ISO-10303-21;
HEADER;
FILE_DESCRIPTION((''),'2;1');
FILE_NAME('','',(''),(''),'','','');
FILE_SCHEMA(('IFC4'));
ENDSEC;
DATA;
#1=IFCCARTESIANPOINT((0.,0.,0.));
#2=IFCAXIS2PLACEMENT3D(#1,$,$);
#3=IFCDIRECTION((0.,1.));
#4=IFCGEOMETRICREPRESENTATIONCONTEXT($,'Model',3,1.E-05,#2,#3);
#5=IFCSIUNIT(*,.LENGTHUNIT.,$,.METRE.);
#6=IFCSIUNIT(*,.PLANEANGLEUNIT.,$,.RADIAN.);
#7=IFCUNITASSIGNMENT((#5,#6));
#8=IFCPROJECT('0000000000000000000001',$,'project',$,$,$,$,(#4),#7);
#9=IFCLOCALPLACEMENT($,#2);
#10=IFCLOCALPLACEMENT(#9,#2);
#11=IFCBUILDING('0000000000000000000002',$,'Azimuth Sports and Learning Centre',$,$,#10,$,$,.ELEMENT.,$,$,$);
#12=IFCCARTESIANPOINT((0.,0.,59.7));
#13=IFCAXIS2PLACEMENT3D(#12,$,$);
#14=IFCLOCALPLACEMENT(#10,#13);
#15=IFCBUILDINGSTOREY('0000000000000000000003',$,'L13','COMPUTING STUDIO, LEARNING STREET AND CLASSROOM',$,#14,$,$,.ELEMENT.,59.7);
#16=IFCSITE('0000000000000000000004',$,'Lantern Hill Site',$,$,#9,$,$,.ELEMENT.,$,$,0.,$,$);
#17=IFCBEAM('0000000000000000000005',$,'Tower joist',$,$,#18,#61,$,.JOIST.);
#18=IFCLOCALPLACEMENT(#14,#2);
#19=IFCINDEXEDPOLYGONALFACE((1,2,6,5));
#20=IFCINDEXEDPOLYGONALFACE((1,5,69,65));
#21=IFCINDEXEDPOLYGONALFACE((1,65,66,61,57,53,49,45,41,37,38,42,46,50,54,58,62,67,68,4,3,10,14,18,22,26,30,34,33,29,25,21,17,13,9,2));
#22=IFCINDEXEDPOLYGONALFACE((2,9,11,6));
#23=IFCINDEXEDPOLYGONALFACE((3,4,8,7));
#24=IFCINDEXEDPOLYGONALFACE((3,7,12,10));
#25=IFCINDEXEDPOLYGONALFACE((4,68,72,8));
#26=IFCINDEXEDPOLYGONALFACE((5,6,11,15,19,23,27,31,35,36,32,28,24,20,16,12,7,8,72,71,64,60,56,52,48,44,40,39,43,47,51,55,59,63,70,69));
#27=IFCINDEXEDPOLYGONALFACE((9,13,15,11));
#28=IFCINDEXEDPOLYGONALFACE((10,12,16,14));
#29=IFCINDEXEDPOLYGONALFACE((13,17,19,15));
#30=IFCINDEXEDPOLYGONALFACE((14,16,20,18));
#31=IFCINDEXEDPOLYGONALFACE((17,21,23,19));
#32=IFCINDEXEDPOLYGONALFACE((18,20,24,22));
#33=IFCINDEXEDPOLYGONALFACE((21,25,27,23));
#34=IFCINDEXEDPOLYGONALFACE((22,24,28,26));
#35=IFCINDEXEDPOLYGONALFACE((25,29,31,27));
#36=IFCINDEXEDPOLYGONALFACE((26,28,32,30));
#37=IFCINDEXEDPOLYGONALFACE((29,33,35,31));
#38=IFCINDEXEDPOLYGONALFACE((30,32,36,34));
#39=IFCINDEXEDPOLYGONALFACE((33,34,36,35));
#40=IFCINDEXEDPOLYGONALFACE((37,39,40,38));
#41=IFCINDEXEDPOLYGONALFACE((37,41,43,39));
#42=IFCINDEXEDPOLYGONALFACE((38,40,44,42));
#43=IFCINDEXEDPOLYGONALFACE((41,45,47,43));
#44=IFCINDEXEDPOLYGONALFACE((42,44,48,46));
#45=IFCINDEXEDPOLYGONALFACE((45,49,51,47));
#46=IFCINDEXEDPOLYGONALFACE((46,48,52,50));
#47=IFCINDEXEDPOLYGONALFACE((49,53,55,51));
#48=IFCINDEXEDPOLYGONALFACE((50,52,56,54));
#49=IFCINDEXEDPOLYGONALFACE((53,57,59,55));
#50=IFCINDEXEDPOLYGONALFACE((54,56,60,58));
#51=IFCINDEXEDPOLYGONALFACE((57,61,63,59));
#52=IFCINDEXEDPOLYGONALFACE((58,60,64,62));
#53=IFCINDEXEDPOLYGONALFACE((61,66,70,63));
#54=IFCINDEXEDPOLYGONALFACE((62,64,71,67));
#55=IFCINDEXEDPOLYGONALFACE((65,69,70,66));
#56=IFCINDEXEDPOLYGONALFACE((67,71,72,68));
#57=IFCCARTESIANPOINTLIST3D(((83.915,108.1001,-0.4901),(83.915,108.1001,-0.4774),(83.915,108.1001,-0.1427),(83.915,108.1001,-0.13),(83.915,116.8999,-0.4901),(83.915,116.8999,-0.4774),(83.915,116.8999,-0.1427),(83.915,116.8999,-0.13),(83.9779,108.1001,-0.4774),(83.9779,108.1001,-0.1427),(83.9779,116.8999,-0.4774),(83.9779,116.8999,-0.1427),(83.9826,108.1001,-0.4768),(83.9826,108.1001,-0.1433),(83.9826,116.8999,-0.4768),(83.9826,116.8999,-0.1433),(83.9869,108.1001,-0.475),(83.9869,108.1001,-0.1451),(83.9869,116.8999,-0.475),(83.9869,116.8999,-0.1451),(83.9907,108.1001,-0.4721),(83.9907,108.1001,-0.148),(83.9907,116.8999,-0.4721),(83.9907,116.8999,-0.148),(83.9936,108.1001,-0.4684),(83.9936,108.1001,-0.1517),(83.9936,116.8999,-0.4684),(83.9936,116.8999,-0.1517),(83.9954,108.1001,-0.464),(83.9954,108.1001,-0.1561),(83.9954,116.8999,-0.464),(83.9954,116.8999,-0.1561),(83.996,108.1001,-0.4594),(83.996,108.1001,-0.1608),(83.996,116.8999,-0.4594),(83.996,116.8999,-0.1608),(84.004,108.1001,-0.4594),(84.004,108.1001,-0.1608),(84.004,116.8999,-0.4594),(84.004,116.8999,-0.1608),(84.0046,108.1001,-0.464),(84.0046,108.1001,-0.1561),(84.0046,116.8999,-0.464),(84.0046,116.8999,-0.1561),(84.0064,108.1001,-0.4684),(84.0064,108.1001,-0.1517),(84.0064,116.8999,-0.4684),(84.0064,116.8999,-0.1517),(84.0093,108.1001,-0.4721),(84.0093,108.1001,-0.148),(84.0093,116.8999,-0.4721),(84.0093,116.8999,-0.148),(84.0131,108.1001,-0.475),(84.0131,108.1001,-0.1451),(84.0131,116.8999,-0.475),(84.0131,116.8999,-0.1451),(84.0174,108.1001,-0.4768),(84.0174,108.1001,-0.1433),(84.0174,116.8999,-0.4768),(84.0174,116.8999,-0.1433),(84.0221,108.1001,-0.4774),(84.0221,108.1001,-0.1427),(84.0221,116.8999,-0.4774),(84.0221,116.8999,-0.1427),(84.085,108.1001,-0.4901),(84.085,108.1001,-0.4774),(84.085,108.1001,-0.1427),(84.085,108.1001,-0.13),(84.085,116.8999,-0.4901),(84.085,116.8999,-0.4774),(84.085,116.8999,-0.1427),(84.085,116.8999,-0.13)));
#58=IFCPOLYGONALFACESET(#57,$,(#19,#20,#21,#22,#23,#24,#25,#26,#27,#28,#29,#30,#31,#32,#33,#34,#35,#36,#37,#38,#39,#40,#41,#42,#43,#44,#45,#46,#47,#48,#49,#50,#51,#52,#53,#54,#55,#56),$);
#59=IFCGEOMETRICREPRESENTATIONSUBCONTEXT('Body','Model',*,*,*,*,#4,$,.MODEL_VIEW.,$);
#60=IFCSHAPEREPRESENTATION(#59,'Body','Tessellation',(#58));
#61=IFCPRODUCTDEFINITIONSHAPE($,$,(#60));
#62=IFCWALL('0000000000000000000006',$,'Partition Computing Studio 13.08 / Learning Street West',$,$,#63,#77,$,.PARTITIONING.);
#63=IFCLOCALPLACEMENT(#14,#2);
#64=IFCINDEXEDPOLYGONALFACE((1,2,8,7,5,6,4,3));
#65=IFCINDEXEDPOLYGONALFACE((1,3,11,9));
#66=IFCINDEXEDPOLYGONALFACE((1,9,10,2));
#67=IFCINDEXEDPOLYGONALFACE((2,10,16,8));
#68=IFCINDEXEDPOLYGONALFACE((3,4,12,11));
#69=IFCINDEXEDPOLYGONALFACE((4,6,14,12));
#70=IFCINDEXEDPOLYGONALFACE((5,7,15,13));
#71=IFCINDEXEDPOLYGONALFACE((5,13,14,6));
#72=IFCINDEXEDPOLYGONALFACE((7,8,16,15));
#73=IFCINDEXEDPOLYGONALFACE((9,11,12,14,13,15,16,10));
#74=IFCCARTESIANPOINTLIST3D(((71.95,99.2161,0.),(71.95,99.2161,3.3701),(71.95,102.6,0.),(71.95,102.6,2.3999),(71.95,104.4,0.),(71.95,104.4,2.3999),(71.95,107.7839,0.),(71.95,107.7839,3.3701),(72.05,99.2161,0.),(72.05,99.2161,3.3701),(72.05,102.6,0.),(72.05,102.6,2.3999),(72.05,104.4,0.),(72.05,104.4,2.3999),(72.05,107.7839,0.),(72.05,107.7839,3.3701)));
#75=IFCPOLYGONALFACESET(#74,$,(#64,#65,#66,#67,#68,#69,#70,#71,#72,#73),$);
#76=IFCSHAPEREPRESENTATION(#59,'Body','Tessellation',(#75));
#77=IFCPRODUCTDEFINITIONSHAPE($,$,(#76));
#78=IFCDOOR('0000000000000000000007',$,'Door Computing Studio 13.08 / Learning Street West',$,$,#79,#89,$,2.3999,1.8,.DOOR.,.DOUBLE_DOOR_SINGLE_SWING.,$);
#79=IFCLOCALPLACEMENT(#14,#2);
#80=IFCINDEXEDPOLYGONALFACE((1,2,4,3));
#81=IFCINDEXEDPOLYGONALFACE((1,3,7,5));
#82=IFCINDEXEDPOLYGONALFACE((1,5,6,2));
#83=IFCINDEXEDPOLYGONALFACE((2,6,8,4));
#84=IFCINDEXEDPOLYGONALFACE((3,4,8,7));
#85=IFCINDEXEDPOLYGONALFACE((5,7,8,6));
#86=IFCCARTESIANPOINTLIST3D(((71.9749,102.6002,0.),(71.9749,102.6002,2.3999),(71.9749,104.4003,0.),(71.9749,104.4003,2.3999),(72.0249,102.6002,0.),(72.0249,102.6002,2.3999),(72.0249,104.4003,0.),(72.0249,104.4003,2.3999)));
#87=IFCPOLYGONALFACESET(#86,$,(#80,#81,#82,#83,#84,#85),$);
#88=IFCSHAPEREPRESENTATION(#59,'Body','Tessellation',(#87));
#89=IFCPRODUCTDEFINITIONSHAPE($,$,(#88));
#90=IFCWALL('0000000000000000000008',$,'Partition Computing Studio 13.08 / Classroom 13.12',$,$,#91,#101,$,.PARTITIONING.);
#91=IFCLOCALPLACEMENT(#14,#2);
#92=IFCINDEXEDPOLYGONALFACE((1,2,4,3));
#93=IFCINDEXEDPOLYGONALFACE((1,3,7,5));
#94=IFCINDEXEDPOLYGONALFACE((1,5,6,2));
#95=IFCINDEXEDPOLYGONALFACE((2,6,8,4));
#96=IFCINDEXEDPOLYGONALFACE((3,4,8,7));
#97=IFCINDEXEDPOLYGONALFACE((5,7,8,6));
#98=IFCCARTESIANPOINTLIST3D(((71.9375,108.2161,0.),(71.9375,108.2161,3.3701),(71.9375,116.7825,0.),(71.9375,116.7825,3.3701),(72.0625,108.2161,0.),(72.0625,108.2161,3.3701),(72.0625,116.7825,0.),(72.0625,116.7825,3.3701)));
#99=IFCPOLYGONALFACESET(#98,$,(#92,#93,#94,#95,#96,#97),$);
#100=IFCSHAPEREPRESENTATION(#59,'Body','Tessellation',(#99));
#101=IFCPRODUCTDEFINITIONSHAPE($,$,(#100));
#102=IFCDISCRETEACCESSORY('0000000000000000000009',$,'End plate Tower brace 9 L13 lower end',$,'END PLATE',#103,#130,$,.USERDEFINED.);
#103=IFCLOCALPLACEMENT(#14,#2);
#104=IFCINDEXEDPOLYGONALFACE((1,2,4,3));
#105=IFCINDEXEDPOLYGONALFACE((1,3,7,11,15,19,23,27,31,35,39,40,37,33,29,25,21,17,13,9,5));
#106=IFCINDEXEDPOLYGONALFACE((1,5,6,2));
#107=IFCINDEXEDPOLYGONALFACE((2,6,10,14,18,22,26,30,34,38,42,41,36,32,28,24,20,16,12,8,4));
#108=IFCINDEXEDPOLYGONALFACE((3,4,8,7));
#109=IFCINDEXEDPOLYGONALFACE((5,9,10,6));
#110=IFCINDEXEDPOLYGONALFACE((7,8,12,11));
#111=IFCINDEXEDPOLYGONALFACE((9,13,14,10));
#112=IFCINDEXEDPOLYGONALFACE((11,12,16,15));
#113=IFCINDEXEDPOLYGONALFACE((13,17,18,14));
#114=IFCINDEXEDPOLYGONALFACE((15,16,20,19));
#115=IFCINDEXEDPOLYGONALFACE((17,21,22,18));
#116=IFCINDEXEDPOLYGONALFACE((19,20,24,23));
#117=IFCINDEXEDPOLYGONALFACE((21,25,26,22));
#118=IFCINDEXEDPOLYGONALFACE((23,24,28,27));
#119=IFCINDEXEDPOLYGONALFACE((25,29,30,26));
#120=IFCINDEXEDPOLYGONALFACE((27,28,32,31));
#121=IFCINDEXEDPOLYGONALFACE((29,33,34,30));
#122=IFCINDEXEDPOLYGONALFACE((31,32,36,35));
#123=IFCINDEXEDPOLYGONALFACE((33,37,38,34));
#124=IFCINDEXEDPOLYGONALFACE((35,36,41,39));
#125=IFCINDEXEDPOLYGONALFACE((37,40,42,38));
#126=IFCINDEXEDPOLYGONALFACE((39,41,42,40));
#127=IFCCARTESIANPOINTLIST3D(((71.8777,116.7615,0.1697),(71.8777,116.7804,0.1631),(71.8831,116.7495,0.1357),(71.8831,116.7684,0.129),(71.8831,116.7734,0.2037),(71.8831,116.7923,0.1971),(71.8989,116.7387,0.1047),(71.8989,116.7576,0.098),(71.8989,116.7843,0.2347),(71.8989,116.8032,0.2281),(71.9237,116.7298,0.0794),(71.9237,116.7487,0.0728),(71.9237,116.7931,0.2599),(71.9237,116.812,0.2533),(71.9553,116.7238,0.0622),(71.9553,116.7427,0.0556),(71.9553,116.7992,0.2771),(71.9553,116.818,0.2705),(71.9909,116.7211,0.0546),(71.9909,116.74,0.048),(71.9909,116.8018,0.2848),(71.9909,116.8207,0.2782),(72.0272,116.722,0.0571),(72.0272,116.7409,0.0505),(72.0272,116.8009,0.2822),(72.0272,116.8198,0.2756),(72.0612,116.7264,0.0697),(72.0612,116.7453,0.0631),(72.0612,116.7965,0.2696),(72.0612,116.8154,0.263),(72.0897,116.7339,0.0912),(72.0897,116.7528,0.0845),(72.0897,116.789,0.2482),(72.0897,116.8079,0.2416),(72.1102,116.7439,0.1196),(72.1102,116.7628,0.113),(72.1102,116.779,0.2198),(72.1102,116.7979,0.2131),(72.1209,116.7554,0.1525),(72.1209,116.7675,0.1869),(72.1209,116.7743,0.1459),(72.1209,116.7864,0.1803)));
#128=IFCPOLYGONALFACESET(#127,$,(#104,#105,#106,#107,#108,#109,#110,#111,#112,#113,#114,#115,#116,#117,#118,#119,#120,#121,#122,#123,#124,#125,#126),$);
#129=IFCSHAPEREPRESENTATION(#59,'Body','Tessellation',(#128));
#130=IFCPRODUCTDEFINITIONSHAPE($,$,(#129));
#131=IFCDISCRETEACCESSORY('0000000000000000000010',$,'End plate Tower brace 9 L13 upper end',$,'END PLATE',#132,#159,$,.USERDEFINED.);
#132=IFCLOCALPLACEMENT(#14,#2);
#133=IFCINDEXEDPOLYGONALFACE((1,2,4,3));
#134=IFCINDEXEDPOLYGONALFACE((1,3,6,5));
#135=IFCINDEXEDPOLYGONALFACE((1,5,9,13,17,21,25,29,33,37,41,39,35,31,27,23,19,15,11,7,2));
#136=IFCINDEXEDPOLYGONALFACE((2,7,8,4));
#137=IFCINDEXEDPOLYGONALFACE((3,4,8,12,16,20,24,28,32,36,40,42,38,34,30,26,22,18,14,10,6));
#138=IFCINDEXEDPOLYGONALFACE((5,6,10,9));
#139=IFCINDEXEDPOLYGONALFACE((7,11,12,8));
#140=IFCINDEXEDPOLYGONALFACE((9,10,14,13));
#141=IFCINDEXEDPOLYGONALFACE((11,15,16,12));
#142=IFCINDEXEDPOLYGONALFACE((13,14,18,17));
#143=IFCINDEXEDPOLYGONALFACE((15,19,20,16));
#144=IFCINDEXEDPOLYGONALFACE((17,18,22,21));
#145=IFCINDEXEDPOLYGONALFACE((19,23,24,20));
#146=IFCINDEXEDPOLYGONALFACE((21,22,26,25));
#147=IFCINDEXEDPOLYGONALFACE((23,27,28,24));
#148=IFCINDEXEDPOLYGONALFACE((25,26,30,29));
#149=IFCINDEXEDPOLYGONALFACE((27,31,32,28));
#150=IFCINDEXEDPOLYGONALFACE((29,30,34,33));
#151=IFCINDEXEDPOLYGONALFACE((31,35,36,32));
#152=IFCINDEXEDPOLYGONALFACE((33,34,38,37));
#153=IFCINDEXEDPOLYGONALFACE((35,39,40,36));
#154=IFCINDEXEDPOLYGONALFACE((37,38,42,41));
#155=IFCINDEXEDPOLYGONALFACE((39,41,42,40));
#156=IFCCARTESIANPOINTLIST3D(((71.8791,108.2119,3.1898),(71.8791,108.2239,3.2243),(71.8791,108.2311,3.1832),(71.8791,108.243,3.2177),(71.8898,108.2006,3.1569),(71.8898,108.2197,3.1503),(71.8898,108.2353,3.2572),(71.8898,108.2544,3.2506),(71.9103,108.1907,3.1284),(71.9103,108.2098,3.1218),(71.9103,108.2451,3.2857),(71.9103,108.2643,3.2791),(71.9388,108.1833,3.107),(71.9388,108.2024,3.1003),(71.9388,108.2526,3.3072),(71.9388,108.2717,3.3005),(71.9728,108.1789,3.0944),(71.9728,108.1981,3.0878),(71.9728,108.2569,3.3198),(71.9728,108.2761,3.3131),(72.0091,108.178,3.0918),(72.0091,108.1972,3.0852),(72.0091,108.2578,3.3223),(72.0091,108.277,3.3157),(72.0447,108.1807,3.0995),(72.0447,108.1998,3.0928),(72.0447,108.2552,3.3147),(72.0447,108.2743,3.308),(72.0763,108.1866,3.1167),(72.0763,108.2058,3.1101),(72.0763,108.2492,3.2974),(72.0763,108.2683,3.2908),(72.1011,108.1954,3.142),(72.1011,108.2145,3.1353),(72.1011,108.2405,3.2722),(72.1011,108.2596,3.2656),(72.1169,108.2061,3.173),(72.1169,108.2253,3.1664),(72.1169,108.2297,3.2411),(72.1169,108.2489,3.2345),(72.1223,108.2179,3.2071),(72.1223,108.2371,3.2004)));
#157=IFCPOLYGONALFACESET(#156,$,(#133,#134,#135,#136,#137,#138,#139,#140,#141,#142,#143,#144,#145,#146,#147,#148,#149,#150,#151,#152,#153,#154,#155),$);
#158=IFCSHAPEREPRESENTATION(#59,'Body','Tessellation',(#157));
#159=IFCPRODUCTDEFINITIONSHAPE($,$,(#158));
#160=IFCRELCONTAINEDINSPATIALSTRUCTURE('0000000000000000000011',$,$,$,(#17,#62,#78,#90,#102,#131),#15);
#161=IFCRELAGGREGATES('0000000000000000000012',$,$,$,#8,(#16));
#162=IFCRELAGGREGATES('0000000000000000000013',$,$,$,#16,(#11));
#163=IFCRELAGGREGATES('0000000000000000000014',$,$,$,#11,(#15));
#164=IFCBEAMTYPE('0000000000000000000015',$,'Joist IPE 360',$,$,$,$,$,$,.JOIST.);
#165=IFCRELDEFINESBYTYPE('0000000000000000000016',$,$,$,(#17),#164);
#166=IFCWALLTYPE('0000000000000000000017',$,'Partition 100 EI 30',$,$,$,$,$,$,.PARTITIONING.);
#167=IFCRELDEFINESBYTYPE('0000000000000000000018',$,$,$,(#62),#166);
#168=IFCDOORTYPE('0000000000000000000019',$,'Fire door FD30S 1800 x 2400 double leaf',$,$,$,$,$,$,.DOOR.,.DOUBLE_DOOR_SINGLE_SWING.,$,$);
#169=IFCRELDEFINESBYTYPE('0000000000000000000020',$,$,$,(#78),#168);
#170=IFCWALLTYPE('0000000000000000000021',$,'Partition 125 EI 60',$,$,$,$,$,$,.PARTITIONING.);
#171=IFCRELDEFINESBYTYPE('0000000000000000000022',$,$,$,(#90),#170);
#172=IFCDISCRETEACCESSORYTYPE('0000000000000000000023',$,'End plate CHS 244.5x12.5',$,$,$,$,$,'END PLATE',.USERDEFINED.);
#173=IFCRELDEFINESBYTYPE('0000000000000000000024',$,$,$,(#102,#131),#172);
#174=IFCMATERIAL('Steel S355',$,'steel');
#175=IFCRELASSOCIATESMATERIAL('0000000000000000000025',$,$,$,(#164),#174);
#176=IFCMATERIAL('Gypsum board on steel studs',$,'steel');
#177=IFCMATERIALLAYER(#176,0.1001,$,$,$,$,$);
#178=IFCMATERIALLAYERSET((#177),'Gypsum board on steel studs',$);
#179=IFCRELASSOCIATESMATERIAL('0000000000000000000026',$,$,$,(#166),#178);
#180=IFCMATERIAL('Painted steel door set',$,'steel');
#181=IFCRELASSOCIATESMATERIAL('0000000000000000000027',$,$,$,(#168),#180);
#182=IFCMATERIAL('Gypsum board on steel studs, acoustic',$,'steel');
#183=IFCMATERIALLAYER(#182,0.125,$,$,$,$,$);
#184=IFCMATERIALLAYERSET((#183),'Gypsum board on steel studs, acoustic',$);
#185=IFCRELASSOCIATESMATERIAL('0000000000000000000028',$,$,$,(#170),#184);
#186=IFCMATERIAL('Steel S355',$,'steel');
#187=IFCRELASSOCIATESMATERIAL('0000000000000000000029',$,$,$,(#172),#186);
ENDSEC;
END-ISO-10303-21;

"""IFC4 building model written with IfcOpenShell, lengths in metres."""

from ifc_helpers import new_model, si_unit, direction, frame, frame_2d, origin, origin_2d, place, context, subcontext, project, spatial, rectangle, circle, i_section, extrude, material, layer, layer_set, material_profile, profile_set, type_object, element, fill, save


model = new_model("IFC4")

# Units and contexts
model_context = context("Model", 3, precision=1e-05, world=origin(), true_north=direction((0.0, 1.0)))
body_context = subcontext(model_context, "Body", "Model", "MODEL_VIEW")
ifc_project = project(units=[si_unit("LENGTHUNIT", "METRE"), si_unit("PLANEANGLEUNIT", "RADIAN")], contexts=[model_context])

# Site, building, storey
site_placement = place(None, origin())
site = spatial("IfcSite", under=ifc_project, at=site_placement, Name="Lantern Hill Site", CompositionType="ELEMENT", RefElevation=0.0)
building_placement = place(site_placement, origin())
building = spatial("IfcBuilding", under=site, at=building_placement, Name="Azimuth Sports and Learning Centre", CompositionType="ELEMENT")
storey_placement = place(building_placement, frame((0.0, 0.0, 59.7)))
storey = spatial("IfcBuildingStorey", under=building, at=storey_placement, Name="L13", Description="COMPUTING STUDIO, LEARNING STREET AND CLASSROOM", CompositionType="ELEMENT", Elevation=59.7)

# Beam
ifc_material_1 = material(Name="Steel S355", Category="steel")
ifc_material_profile_1 = material_profile(ifc_material_1, i_section(OverallWidth=0.1699, OverallDepth=0.3601, WebThickness=0.0081, FlangeThickness=0.0127, FilletRadius=0.0181, at=origin_2d()), Name="IPE 360")
ifc_profile_set_1 = profile_set([ifc_material_profile_1], Name="Steel S355")
beam_type_1 = type_object("IfcBeamType", Name="Joist IPE 360", PredefinedType="JOIST", material=ifc_profile_set_1)
for number, where, z_axis, x_axis, name in (
    (1, (84.0, 108.1001, -0.3101), (0.0, 1.0, 0.0), (-1.0, 0.0, 0.0), "Tower joist"),
):
    element("IfcBeam", number, at=place(storey_placement, frame(where, z_axis=z_axis, x_axis=x_axis)), inside=storey, type_object=beam_type_1, Name=name, PredefinedType="JOIST", context=body_context, shape_type="SweptSolid", body=[
        extrude(i_section(OverallWidth=0.1699, OverallDepth=0.3601, WebThickness=0.0081, FlangeThickness=0.0127, FilletRadius=0.0181, at=origin_2d()), origin(), (0.0, 0.0, 1.0), 8.7998),
    ])

# Wall, opening, door
ifc_material_2 = material(Name="Gypsum board on steel studs", Category="steel")
ifc_layer_1 = layer(ifc_material_2, 0.1001)
ifc_layer_set_1 = layer_set([ifc_layer_1], Name="Gypsum board on steel studs")
wall_type_1 = type_object("IfcWallType", Name="Partition 100 EI 30", PredefinedType="PARTITIONING", material=ifc_layer_set_1)
wall_1_placement = place(storey_placement, frame((72.0, 99.2161, 0.0), z_axis=(0.0, 0.0, 1.0), x_axis=(0.0, 1.0, 0.0)))
wall_1 = element("IfcWall", 2, at=wall_1_placement, inside=storey, type_object=wall_type_1, Name="Partition Computing Studio 13.08 / Learning Street West", PredefinedType="PARTITIONING", context=body_context, shape_type="SweptSolid", body=[
    extrude(rectangle(XDim=8.5679, YDim=0.1001, at=frame_2d((4.2839, 0.0))), origin(), (0.0, 0.0, 1.0), 3.3701),
])
opening_placement = place(wall_1_placement, frame((3.384, 0.0, 0.0)))
opening = element("IfcOpeningElement", 3, at=opening_placement, cuts=wall_1, PredefinedType="OPENING", context=body_context, shape_type="SweptSolid", body=[
    extrude(rectangle(XDim=1.8, YDim=2.3999, at=frame_2d((0.8999, 1.2))), frame((0.0, 0.061, 0.0), z_axis=(0.0, -1.0, 0.0), x_axis=(1.0, 0.0, 0.0)), (0.0, 0.0, 1.0), 0.1221),
])
ifc_material_3 = material(Name="Painted steel door set", Category="steel")
door_type = type_object("IfcDoorType", Name="Fire door FD30S 1800 x 2400 double leaf", OperationType="DOUBLE_DOOR_SINGLE_SWING", PredefinedType="DOOR", material=ifc_material_3)
door_placement = place(opening_placement, frame((1.8, 0.0, 0.0), z_axis=(0.0, 0.0, 1.0), x_axis=(-1.0, 0.0, 0.0)))
door = element("IfcDoor", 4, at=door_placement, inside=storey, type_object=door_type, Name="Door Computing Studio 13.08 / Learning Street West", OperationType="DOUBLE_DOOR_SINGLE_SWING", OverallHeight=2.3999, OverallWidth=1.8, PredefinedType="DOOR", context=body_context, shape_type="SweptSolid", body=[
    extrude(rectangle(XDim=1.8, YDim=2.3999, at=frame_2d((0.8999, 1.2))), frame((0.0, 0.0249, 0.0), z_axis=(0.0, -1.0, 0.0), x_axis=(1.0, 0.0, 0.0)), (0.0, 0.0, 1.0), 0.05),
])
fill(opening, door)

# Wall
ifc_material_4 = material(Name="Gypsum board on steel studs, acoustic", Category="steel")
ifc_layer_2 = layer(ifc_material_4, 0.125)
ifc_layer_set_2 = layer_set([ifc_layer_2], Name="Gypsum board on steel studs, acoustic")
wall_type_2 = type_object("IfcWallType", Name="Partition 125 EI 60", PredefinedType="PARTITIONING", material=ifc_layer_set_2)
wall_2_placement = place(storey_placement, frame((72.0, 108.2161, 0.0), z_axis=(0.0, 0.0, 1.0), x_axis=(0.0, 1.0, 0.0)))
element("IfcWall", 5, at=wall_2_placement, inside=storey, type_object=wall_type_2, Name="Partition Computing Studio 13.08 / Classroom 13.12", PredefinedType="PARTITIONING", context=body_context, shape_type="SweptSolid", body=[
    extrude(rectangle(XDim=8.5664, YDim=0.125, at=frame_2d((4.2832, 0.0))), origin(), (0.0, 0.0, 1.0), 3.3701),
])

# Discrete accessories
ifc_material_5 = material(Name="Steel S355", Category="steel")
ifc_material_profile_2 = material_profile(ifc_material_5, circle(Radius=0.1223, at=origin_2d()), Name="PL 244 DISC")
ifc_profile_set_2 = profile_set([ifc_material_profile_2], Name="Steel S355")
discrete_accessory_type = type_object("IfcDiscreteAccessoryType", Name="End plate CHS 244.5x12.5", ElementType="END PLATE", PredefinedType="USERDEFINED", material=ifc_profile_set_2)
discrete_accessory_1_placement = place(storey_placement, frame((72.0, 116.7615, 0.1697), z_axis=(0.0, 0.943667, -0.330896), x_axis=(-1.0, 0.0, 0.0)))
element("IfcDiscreteAccessory", 6, at=discrete_accessory_1_placement, inside=storey, type_object=discrete_accessory_type, Name="End plate Tower brace 9 L13 lower end", ObjectType="END PLATE", PredefinedType="USERDEFINED", context=body_context, shape_type="SweptSolid", body=[
    extrude(circle(Radius=0.1223, at=origin_2d()), origin(), (0.0, 0.0, 1.0), 0.02),
])
discrete_accessory_2_placement = place(storey_placement, frame((72.0, 108.2371, 3.2004), z_axis=(0.0, -0.944986, 0.327111), x_axis=(1.0, 0.0, 0.0)))
element("IfcDiscreteAccessory", 7, at=discrete_accessory_2_placement, inside=storey, type_object=discrete_accessory_type, Name="End plate Tower brace 9 L13 upper end", ObjectType="END PLATE", PredefinedType="USERDEFINED", context=body_context, shape_type="SweptSolid", body=[
    extrude(circle(Radius=0.1223, at=origin_2d()), origin(), (0.0, 0.0, 1.0), 0.0203),
])

save(model, "model.ifc")
